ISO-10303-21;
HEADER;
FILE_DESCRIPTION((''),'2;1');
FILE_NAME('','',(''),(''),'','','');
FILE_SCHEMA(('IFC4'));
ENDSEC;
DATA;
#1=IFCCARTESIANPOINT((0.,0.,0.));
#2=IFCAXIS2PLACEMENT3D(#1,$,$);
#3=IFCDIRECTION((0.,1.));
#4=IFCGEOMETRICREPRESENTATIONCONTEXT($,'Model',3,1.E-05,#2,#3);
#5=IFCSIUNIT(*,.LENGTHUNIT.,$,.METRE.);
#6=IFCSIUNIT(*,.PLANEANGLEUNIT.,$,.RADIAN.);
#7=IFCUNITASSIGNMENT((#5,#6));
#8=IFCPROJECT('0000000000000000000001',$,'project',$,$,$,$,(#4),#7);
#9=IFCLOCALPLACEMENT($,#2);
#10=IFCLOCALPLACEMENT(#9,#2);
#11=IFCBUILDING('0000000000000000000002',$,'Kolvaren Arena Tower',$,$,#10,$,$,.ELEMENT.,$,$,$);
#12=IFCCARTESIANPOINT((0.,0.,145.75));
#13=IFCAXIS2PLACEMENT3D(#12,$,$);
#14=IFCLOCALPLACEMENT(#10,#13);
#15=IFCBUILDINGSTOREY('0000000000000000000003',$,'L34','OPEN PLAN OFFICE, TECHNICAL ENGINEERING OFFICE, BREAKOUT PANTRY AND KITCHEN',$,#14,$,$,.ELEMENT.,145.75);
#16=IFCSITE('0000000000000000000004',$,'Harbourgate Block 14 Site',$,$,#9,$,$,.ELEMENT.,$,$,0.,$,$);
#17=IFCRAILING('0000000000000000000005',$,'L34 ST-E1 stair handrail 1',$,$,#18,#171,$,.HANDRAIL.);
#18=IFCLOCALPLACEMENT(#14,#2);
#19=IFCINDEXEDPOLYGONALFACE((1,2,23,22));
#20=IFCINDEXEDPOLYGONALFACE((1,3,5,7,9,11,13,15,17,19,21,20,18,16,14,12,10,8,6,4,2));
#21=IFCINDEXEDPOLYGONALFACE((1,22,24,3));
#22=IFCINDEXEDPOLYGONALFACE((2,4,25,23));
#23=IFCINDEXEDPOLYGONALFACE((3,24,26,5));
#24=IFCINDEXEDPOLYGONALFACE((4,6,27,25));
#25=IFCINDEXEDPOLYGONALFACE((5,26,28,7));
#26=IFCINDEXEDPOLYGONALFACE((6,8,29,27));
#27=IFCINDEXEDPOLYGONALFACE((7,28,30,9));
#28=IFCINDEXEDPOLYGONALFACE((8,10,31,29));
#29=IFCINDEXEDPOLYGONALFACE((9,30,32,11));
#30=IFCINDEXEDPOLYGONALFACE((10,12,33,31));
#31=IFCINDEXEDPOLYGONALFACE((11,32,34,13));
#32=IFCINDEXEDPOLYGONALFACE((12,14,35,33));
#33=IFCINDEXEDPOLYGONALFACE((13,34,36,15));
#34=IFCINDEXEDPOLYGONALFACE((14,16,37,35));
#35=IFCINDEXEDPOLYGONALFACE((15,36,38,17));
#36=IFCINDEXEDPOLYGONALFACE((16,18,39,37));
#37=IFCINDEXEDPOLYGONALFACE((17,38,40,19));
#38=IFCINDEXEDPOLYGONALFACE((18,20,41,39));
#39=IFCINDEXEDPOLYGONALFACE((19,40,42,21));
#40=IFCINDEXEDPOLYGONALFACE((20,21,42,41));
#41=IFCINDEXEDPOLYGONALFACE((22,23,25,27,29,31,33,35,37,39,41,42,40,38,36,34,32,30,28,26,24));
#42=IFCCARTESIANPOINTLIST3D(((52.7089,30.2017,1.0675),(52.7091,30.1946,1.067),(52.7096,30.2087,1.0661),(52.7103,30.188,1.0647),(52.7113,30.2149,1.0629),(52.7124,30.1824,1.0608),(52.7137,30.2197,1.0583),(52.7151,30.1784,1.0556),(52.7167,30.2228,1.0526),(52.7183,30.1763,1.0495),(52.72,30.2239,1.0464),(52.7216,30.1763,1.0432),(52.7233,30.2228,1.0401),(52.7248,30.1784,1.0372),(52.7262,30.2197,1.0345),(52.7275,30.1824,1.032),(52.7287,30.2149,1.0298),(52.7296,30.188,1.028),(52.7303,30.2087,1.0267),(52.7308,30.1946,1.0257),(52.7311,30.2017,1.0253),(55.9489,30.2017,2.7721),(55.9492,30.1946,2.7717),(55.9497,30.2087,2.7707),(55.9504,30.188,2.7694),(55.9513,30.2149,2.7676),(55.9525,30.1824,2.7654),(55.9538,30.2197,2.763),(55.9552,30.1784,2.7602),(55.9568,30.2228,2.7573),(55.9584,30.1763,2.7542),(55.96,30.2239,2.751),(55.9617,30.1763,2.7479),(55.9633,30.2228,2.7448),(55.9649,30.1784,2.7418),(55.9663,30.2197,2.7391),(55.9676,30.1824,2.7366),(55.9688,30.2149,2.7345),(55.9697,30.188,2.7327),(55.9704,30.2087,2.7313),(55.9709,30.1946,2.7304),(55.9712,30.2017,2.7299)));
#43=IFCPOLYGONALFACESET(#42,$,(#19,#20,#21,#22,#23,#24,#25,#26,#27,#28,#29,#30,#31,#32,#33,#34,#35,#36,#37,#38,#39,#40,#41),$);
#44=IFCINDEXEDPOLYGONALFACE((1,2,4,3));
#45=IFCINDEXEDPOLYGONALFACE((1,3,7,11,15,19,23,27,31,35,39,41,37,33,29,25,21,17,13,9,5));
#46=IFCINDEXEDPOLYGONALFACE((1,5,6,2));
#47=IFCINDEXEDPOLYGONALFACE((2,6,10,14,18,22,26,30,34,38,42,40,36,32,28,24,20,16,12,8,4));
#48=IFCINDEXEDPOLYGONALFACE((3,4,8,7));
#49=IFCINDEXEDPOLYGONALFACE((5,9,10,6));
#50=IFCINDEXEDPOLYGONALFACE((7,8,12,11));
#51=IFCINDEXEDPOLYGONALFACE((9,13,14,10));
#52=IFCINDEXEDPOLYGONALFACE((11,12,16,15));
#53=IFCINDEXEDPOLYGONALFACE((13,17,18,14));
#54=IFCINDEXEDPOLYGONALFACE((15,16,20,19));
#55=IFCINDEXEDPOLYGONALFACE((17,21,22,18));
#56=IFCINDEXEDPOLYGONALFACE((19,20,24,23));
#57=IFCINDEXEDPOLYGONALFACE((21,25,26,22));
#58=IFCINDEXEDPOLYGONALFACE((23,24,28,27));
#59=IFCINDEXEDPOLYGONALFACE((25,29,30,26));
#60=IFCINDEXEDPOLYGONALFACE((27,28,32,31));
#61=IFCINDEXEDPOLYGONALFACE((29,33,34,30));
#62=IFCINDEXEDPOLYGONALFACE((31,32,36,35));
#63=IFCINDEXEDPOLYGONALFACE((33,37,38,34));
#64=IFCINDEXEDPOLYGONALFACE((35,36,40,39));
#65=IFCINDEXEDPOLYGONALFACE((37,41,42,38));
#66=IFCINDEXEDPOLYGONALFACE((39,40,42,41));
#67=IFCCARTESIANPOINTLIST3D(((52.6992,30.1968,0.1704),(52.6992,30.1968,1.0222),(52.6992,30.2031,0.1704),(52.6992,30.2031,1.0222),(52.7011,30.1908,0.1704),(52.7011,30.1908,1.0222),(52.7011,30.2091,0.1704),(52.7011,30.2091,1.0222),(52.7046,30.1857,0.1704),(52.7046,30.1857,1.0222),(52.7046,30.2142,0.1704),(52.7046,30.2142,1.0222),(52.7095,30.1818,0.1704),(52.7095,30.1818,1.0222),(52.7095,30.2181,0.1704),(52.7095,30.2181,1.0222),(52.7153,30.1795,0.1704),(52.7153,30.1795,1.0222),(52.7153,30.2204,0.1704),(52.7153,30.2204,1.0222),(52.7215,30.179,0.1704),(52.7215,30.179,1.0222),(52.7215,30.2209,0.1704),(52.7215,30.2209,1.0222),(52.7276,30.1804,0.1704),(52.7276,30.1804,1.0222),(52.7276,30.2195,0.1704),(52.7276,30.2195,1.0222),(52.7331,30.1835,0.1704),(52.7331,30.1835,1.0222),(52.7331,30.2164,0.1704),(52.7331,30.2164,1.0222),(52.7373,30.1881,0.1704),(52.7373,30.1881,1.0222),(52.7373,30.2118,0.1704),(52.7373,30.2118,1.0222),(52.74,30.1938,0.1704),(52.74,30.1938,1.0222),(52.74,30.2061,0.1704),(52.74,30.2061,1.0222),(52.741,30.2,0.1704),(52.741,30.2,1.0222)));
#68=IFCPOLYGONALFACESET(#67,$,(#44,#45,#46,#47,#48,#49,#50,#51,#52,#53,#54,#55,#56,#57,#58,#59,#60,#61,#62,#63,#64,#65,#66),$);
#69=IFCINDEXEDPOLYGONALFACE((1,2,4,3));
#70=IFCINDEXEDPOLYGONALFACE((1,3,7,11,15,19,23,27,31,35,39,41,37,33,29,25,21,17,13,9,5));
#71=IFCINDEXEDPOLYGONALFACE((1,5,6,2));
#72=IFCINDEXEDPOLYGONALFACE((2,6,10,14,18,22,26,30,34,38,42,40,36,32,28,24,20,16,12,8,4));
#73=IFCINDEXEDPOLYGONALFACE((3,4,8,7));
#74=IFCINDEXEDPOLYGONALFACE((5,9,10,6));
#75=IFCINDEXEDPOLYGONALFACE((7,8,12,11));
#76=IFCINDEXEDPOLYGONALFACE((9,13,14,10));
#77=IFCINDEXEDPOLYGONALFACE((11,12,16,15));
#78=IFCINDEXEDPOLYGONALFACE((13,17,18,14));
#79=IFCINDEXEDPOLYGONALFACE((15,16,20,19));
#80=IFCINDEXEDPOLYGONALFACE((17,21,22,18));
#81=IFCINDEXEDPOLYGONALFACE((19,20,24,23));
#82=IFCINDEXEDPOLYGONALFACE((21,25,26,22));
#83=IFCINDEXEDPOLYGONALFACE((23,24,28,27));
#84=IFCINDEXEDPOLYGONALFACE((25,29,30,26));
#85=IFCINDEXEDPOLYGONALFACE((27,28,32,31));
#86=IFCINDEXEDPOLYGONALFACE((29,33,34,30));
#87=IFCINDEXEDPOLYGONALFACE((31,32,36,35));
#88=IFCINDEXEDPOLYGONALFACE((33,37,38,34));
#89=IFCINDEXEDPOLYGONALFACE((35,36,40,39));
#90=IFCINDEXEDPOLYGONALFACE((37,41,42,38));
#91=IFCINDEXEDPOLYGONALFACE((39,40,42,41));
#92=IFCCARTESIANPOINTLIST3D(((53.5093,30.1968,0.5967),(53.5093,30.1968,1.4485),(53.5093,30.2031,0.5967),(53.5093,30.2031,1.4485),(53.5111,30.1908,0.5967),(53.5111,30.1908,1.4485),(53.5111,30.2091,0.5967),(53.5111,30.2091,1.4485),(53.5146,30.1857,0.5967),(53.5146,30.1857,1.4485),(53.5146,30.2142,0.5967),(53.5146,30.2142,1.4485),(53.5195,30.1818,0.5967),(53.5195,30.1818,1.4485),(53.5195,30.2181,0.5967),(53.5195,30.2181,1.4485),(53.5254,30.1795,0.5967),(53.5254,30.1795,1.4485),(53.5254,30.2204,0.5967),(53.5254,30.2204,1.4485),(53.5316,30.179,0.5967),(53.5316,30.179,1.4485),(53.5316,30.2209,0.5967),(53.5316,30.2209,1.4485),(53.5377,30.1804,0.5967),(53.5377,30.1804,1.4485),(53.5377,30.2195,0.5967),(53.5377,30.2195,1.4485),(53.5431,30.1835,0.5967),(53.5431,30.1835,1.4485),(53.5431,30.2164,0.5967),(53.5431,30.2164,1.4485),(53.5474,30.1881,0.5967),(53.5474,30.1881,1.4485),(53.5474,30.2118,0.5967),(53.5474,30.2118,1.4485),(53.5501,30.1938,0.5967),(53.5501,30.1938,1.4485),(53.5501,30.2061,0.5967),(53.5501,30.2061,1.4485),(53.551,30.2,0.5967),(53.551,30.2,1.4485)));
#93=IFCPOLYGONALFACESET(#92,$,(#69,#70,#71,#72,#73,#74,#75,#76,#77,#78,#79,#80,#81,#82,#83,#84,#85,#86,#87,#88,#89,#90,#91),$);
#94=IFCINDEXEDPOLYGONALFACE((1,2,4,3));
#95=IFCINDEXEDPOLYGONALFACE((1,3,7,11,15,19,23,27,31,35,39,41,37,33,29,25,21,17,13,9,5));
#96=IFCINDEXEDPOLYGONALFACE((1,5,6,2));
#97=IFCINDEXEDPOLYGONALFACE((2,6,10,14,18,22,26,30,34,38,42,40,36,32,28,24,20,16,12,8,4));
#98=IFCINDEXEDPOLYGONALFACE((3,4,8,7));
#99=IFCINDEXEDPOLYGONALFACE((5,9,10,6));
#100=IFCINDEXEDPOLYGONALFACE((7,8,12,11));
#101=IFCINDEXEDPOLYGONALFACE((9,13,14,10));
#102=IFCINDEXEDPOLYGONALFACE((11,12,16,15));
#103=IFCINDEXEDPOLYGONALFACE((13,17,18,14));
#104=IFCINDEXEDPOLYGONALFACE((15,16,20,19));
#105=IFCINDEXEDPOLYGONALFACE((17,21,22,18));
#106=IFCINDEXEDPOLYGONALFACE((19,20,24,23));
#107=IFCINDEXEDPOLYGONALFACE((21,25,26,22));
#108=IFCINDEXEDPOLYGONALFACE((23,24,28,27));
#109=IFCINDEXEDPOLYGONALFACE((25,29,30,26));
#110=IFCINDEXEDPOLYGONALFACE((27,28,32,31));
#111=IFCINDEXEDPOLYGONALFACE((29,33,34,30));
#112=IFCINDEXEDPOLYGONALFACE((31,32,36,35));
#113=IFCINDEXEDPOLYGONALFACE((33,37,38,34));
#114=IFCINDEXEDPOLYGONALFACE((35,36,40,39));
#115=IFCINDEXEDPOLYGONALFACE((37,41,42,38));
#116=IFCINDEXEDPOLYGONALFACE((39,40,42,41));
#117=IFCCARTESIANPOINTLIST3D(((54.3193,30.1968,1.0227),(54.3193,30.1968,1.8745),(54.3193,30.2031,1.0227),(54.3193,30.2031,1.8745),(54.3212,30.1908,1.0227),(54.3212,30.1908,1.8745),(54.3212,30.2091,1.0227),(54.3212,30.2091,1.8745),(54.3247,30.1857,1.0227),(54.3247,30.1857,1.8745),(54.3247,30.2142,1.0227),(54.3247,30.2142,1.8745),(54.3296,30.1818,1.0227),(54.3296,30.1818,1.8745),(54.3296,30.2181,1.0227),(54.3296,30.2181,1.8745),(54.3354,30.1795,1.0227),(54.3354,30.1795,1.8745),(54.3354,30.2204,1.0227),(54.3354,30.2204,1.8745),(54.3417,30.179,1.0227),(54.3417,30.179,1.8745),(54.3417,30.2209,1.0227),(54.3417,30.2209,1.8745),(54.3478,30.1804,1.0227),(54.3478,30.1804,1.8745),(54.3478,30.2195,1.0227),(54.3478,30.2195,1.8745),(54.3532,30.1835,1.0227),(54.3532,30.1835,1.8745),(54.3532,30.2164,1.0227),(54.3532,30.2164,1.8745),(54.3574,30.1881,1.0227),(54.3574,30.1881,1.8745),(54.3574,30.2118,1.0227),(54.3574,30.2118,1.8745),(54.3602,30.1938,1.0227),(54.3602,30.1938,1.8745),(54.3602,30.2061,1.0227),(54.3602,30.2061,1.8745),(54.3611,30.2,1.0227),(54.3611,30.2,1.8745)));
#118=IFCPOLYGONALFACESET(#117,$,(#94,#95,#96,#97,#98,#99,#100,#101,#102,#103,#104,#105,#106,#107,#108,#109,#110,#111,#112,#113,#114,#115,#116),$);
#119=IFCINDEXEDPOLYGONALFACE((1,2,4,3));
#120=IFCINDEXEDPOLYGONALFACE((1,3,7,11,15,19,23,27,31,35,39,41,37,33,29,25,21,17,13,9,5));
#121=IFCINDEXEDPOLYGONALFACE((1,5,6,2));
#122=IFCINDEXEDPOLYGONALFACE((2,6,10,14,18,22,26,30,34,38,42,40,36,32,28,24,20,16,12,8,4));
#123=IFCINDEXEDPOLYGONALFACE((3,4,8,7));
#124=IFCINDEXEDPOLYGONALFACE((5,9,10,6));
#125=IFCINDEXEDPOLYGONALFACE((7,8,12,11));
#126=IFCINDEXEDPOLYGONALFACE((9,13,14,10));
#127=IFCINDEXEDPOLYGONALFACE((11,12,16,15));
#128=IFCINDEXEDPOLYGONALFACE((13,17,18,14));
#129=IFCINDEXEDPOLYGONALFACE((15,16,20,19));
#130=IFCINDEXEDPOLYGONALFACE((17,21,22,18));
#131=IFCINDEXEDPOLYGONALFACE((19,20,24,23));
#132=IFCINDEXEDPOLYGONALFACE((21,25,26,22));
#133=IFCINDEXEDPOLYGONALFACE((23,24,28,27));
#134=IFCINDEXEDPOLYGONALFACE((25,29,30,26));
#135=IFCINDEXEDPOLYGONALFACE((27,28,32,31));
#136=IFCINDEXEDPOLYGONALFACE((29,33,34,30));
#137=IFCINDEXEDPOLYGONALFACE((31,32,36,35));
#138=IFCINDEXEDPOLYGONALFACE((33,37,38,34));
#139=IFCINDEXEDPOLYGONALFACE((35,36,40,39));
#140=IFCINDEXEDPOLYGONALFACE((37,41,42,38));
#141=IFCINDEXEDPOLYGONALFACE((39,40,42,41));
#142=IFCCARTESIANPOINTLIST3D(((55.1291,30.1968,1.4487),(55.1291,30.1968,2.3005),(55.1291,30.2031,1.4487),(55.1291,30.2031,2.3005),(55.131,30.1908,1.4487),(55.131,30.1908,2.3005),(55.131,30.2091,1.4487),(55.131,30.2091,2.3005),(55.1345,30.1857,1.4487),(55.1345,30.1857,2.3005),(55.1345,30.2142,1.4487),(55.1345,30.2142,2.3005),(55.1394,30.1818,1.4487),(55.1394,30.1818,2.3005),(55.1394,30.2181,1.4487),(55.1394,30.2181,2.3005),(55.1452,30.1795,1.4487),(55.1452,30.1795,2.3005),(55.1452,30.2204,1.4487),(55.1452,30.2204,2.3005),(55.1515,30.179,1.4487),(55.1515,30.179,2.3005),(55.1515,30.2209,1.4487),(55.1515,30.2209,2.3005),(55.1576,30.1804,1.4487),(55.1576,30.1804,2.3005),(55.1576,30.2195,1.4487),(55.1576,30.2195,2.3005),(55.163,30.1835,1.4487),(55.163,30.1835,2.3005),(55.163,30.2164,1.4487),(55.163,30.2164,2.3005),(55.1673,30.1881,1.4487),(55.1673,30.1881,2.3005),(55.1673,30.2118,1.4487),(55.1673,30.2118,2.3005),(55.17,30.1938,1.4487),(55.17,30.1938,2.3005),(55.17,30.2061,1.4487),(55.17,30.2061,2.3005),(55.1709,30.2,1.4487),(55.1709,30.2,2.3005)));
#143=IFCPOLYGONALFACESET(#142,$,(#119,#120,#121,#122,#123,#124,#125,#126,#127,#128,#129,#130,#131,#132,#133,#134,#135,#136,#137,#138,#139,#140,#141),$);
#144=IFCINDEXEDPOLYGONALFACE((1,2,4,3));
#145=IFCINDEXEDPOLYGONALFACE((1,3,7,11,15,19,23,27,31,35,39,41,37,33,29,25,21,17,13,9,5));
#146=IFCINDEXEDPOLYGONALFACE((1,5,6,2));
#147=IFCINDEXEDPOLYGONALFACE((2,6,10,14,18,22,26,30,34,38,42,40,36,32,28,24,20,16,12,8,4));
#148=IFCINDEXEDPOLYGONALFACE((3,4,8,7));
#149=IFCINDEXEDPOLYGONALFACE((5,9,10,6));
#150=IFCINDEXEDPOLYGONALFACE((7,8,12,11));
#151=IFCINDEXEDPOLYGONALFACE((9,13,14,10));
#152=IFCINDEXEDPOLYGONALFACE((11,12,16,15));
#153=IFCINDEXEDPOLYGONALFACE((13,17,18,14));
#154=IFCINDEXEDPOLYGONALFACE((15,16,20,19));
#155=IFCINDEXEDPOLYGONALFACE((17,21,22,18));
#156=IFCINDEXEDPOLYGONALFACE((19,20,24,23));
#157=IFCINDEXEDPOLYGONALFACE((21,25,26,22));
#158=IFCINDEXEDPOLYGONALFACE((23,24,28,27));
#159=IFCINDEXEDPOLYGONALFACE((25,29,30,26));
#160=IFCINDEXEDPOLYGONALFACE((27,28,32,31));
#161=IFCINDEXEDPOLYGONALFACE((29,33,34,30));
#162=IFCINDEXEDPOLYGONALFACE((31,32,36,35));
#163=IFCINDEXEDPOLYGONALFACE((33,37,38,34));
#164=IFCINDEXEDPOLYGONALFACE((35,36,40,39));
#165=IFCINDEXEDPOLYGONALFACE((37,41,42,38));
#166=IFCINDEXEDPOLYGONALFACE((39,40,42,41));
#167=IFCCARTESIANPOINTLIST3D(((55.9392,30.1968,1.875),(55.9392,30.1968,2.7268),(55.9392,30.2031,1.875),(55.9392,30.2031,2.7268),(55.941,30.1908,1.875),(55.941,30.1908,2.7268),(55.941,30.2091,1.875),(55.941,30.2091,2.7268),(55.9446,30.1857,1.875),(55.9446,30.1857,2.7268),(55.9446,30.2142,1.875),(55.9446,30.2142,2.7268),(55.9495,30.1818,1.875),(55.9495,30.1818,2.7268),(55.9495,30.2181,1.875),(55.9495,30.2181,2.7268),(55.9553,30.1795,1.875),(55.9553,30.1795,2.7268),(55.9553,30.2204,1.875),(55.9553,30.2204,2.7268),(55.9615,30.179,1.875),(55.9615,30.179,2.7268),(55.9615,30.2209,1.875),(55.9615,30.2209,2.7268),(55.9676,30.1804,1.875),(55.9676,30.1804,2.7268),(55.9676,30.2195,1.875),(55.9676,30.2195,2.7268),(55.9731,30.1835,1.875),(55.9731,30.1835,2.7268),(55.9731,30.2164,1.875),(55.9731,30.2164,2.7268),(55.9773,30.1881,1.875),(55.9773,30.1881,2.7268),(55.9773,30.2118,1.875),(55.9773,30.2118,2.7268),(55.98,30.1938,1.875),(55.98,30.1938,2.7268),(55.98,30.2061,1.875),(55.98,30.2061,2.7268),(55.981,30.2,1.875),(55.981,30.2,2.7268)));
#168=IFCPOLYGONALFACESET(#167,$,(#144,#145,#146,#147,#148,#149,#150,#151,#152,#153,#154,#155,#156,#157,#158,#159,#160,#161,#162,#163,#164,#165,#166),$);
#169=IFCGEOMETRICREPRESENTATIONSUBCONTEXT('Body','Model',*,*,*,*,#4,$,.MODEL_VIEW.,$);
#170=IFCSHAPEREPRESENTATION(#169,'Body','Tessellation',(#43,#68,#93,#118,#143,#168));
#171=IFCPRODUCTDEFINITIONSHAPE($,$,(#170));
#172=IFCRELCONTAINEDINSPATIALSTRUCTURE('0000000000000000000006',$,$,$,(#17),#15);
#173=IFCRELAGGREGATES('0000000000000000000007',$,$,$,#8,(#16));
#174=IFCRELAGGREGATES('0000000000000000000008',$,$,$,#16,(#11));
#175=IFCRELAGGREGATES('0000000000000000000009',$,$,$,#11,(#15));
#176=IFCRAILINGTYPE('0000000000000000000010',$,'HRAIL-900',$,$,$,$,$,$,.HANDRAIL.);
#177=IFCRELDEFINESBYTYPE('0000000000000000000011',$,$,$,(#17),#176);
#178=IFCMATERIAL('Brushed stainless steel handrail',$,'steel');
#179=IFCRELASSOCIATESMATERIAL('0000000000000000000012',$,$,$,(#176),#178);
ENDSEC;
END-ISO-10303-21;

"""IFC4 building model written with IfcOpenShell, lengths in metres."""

from ifc_helpers import new_model, si_unit, direction, frame, origin, origin_2d, place, context, subcontext, project, spatial, circle, extrude, material, type_object, element, save


model = new_model("IFC4")

# Units and contexts
model_context = context("Model", 3, precision=1e-05, world=origin(), true_north=direction((0.0, 1.0)))
body_context = subcontext(model_context, "Body", "Model", "MODEL_VIEW")
ifc_project = project(units=[si_unit("LENGTHUNIT", "METRE"), si_unit("PLANEANGLEUNIT", "RADIAN")], contexts=[model_context])

# Site, building, storey
site_placement = place(None, origin())
site = spatial("IfcSite", under=ifc_project, at=site_placement, Name="Harbourgate Block 14 Site", CompositionType="ELEMENT", RefElevation=0.0)
building_placement = place(site_placement, origin())
building = spatial("IfcBuilding", under=site, at=building_placement, Name="Kolvaren Arena Tower", CompositionType="ELEMENT")
storey_placement = place(building_placement, frame((0.0, 0.0, 145.75)))
storey = spatial("IfcBuildingStorey", under=building, at=storey_placement, Name="L34", Description="OPEN PLAN OFFICE, TECHNICAL ENGINEERING OFFICE, BREAKOUT PANTRY AND KITCHEN", CompositionType="ELEMENT", Elevation=145.75)

# Railing
ifc_material_1 = material(Name="Brushed stainless steel handrail", Category="steel")
railing_type_1 = type_object("IfcRailingType", Name="HRAIL-900", PredefinedType="HANDRAIL", material=ifc_material_1)
for number, where, name in (
    (1, (52.72, 30.2, 0.1704), "L34 ST-E1 stair handrail 1"),
):
    element("IfcRailing", number, at=place(storey_placement, frame(where)), inside=storey, type_object=railing_type_1, Name=name, PredefinedType="HANDRAIL", context=body_context, shape_type="SweptSolid", body=[
        extrude(circle(Radius=0.0239, at=origin_2d()), frame((0.0, 0.0, 0.876), z_axis=(0.884993, 0.0, 0.465604), x_axis=(0.0, 1.0, 0.0)), (0.0, 0.0, 1.0), 3.6611),
        extrude(circle(Radius=0.021, at=origin_2d()), origin(), (0.0, 0.0, 1.0), 0.8518),
        extrude(circle(Radius=0.021, at=origin_2d()), frame((0.8101, 0.0, 0.4263)), (0.0, 0.0, 1.0), 0.8518),
        extrude(circle(Radius=0.021, at=origin_2d()), frame((1.6201, 0.0, 0.8523)), (0.0, 0.0, 1.0), 0.8518),
        extrude(circle(Radius=0.021, at=origin_2d()), frame((2.4299, 0.0, 1.2783)), (0.0, 0.0, 1.0), 0.8518),
        extrude(circle(Radius=0.021, at=origin_2d()), frame((3.24, 0.0, 1.7046)), (0.0, 0.0, 1.0), 0.8518),
    ])

save(model, "model.ifc")
